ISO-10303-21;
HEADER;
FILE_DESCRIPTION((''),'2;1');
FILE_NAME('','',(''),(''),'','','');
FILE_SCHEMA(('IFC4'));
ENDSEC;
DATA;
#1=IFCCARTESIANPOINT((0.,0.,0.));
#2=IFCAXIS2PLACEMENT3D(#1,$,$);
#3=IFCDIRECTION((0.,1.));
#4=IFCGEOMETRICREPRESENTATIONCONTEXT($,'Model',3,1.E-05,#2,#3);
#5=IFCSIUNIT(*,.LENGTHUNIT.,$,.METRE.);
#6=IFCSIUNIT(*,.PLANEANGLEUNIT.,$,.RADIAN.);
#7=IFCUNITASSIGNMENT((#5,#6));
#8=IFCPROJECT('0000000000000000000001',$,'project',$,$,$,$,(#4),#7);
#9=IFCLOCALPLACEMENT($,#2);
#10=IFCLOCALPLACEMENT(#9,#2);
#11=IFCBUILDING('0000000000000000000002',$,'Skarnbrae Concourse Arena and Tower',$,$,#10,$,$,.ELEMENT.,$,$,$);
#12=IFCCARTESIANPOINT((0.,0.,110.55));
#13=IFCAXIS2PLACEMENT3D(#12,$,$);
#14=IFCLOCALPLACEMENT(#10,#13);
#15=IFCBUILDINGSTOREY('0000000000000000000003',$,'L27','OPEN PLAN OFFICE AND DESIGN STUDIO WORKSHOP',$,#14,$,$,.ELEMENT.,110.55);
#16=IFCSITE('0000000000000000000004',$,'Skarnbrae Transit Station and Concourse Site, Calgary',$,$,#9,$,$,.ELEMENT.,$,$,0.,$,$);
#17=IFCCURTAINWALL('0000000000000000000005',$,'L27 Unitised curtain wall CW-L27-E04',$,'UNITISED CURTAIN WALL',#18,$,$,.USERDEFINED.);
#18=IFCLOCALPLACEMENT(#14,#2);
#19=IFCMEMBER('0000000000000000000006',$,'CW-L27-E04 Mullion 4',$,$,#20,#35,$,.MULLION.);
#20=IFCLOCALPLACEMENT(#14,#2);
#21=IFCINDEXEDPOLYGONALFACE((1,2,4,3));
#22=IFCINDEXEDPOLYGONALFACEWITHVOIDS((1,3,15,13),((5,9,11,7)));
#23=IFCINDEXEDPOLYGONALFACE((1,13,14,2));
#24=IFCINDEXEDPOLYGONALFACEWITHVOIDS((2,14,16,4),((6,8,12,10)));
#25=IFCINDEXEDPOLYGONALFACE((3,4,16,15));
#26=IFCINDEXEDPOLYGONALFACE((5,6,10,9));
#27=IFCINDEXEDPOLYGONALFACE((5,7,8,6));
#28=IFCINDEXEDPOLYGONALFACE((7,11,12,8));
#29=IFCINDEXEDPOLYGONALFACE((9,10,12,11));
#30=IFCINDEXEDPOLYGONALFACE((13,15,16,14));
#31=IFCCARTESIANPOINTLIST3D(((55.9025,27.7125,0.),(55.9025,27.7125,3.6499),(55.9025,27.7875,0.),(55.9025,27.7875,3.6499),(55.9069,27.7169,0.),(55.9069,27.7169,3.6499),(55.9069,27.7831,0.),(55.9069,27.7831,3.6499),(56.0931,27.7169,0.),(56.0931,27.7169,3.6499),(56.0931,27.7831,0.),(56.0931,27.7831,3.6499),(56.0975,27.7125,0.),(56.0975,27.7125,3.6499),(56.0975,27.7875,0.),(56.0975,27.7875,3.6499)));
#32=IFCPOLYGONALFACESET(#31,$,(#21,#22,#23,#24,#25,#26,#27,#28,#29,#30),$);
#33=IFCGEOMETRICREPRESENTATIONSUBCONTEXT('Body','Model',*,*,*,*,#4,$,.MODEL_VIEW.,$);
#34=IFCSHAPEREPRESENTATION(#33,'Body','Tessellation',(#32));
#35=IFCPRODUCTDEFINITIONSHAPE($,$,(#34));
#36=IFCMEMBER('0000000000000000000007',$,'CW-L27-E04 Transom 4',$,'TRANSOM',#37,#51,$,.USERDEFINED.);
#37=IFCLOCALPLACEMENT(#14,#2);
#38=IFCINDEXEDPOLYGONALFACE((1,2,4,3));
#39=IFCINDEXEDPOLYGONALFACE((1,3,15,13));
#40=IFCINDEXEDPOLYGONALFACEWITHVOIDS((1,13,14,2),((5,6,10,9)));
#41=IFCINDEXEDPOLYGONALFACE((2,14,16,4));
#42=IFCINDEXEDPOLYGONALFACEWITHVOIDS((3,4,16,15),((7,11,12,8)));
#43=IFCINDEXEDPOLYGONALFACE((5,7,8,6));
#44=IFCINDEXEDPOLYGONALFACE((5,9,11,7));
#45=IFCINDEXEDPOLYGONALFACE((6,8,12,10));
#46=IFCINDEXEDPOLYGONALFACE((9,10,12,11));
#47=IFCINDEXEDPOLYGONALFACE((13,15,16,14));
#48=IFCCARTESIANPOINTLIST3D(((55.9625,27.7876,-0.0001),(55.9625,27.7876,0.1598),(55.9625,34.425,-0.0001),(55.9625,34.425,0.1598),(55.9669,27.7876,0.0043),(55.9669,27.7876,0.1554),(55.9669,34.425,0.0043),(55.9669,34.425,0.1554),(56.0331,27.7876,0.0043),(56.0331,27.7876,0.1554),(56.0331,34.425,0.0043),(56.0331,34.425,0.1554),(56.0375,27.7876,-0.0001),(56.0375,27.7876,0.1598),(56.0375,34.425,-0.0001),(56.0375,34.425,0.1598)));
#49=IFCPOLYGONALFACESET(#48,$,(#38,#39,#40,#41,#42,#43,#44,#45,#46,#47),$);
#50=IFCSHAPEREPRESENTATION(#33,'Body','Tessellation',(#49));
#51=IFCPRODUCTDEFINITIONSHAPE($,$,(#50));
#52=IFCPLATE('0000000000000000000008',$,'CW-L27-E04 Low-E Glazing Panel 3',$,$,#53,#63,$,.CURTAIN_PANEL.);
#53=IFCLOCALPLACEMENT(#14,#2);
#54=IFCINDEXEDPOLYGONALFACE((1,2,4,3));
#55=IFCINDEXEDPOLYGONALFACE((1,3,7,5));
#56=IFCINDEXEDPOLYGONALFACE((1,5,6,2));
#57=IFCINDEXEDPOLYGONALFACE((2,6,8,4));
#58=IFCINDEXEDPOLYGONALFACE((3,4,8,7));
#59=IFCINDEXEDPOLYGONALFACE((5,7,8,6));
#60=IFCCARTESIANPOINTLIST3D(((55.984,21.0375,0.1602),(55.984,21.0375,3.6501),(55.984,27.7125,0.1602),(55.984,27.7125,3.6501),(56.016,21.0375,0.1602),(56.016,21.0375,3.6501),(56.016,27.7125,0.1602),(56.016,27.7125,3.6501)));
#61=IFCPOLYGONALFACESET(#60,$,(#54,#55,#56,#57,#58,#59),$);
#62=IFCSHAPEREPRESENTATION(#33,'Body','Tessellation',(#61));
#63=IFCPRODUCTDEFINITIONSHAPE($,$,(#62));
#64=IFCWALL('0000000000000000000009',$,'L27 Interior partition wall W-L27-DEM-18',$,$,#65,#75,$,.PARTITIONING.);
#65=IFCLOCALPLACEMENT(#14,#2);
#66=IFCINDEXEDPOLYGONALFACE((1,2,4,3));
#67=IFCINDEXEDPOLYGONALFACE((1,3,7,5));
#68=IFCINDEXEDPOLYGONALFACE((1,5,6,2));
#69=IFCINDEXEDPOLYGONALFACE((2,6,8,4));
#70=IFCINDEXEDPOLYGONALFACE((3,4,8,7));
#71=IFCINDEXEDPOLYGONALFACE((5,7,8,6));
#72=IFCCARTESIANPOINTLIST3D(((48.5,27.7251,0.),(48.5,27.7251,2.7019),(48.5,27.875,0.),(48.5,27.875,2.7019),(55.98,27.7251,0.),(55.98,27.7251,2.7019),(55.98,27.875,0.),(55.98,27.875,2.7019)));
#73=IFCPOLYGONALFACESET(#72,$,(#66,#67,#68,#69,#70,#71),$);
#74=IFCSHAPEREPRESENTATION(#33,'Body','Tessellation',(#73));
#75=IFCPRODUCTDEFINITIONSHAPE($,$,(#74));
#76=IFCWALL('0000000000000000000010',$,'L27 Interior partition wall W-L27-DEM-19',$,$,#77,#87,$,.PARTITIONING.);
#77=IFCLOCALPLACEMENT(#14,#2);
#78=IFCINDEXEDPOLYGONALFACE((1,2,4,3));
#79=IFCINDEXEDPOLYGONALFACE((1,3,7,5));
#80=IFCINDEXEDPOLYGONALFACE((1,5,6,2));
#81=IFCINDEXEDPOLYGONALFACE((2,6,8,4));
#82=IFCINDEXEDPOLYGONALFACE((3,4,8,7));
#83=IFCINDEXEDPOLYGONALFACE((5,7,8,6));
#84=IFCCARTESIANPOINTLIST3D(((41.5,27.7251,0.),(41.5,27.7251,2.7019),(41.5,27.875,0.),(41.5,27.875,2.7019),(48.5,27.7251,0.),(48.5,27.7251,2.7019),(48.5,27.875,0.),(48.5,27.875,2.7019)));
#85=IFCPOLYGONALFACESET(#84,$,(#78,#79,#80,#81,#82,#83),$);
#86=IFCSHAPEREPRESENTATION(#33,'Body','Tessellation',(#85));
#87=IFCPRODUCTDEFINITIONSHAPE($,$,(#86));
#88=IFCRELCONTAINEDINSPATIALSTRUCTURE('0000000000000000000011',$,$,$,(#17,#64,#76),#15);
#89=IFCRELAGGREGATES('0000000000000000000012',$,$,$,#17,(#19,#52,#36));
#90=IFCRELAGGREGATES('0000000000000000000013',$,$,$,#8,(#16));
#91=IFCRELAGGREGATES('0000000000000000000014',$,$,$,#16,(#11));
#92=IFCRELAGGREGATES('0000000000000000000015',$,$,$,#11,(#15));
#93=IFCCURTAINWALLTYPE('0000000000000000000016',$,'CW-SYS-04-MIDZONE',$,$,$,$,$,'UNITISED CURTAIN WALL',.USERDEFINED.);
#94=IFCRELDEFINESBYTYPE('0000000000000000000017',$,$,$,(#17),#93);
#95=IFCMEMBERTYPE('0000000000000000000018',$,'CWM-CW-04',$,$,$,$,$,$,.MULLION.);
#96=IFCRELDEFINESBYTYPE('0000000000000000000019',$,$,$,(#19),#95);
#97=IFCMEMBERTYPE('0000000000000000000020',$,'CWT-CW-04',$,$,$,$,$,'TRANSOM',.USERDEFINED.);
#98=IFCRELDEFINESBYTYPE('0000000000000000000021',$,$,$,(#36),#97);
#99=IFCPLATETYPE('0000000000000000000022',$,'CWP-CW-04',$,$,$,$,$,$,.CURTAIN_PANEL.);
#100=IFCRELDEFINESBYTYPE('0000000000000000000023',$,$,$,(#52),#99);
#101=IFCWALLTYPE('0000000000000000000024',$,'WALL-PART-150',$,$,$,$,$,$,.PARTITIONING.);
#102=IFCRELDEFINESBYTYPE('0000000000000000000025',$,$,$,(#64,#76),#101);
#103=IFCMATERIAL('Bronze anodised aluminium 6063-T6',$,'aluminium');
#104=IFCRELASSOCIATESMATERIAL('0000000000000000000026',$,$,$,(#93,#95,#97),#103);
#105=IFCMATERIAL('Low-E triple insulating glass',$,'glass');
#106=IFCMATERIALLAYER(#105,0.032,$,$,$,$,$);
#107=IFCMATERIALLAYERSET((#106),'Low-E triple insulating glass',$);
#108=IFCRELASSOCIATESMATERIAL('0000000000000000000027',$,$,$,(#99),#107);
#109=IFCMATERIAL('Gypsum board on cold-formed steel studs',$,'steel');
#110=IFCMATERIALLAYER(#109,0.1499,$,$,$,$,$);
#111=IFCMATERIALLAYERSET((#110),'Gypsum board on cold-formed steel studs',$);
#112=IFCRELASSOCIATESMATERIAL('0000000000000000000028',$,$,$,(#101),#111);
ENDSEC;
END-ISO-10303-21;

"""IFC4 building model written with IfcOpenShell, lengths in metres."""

from ifc_helpers import new_model, si_unit, direction, frame, frame_2d, origin, origin_2d, place, context, subcontext, project, spatial, rectangle, hollow_rectangle, extrude, source, transform, mapped, material, layer, layer_set, material_profile, profile_set, type_object, element, aggregate, save


model = new_model("IFC4")

# Units and contexts
model_context = context("Model", 3, precision=1e-05, world=origin(), true_north=direction((0.0, 1.0)))
body_context = subcontext(model_context, "Body", "Model", "MODEL_VIEW")
ifc_project = project(units=[si_unit("LENGTHUNIT", "METRE"), si_unit("PLANEANGLEUNIT", "RADIAN")], contexts=[model_context])

# Site, building, storey
site_placement = place(None, origin())
site = spatial("IfcSite", under=ifc_project, at=site_placement, Name="Skarnbrae Transit Station and Concourse Site, Calgary", CompositionType="ELEMENT", RefElevation=0.0)
building_placement = place(site_placement, origin())
building = spatial("IfcBuilding", under=site, at=building_placement, Name="Skarnbrae Concourse Arena and Tower", CompositionType="ELEMENT")
storey_placement = place(building_placement, frame((0.0, 0.0, 110.55)))
storey = spatial("IfcBuildingStorey", under=building, at=storey_placement, Name="L27", Description="OPEN PLAN OFFICE AND DESIGN STUDIO WORKSHOP", CompositionType="ELEMENT", Elevation=110.55)

# Curtain wall, members, plate
ifc_material_1 = material(Name="Bronze anodised aluminium 6063-T6", Category="aluminium")
curtain_wall_type = type_object("IfcCurtainWallType", Name="CW-SYS-04-MIDZONE", ElementType="UNITISED CURTAIN WALL", PredefinedType="USERDEFINED", material=ifc_material_1)
curtain_wall_placement = place(storey_placement, origin())
curtain_wall = element("IfcCurtainWall", 1, at=curtain_wall_placement, inside=storey, type_object=curtain_wall_type, Name="L27 Unitised curtain wall CW-L27-E04", ObjectType="UNITISED CURTAIN WALL", PredefinedType="USERDEFINED")
ifc_material_profile_1 = material_profile(ifc_material_1, hollow_rectangle(XDim=0.075, YDim=0.1951, WallThickness=0.0044, at=origin_2d()), Name="ALU-MULL-75X195")
ifc_profile_set_1 = profile_set([ifc_material_profile_1], Name="Bronze anodised aluminium 6063-T6")
member_type_1 = type_object("IfcMemberType", Name="CWM-CW-04", PredefinedType="MULLION", material=ifc_profile_set_1)
shared_shape_1 = source(origin(), body_context, "Body", "SweptSolid", [
    extrude(hollow_rectangle(XDim=0.075, YDim=0.1951, WallThickness=0.0044, at=origin_2d()), origin(), (0.0, 0.0, 1.0), 3.6499),
])
member_1_placement = place(storey_placement, frame((56.0, 27.75, 0.0), z_axis=(0.0, 0.0, 1.0), x_axis=(0.0, 1.0, 0.0)))
member_1 = element("IfcMember", 2, at=member_1_placement, type_object=member_type_1, Name="CW-L27-E04 Mullion 4", PredefinedType="MULLION", context=body_context, shape_type="MappedRepresentation", body=[
    mapped(shared_shape_1, transform((0.0, 0.0, 0.0))),
])
ifc_material_profile_2 = material_profile(ifc_material_1, hollow_rectangle(XDim=0.075, YDim=0.1599, WallThickness=0.0044, at=origin_2d()), Name="ALU-TRAN-75X160")
ifc_profile_set_2 = profile_set([ifc_material_profile_2], Name="Bronze anodised aluminium 6063-T6")
member_type_2 = type_object("IfcMemberType", Name="CWT-CW-04", ElementType="TRANSOM", PredefinedType="USERDEFINED", material=ifc_profile_set_2)
shared_shape_2 = source(origin(), body_context, "Body", "SweptSolid", [
    extrude(hollow_rectangle(XDim=0.075, YDim=0.1599, WallThickness=0.0044, at=origin_2d()), origin(), (0.0, 0.0, 1.0), 6.6375),
])
member_2_placement = place(storey_placement, frame((56.0, 27.7876, 0.0798), z_axis=(0.0, 1.0, 0.0), x_axis=(-1.0, 0.0, 0.0)))
member_2 = element("IfcMember", 3, at=member_2_placement, type_object=member_type_2, Name="CW-L27-E04 Transom 4", ObjectType="TRANSOM", PredefinedType="USERDEFINED", context=body_context, shape_type="MappedRepresentation", body=[
    mapped(shared_shape_2, transform((0.0, 0.0, 0.0))),
])
ifc_material_2 = material(Name="Low-E triple insulating glass", Category="glass")
ifc_layer_1 = layer(ifc_material_2, 0.032)
ifc_layer_set_1 = layer_set([ifc_layer_1], Name="Low-E triple insulating glass")
plate_type = type_object("IfcPlateType", Name="CWP-CW-04", PredefinedType="CURTAIN_PANEL", material=ifc_layer_set_1)
shared_shape_3 = source(origin(), body_context, "Body", "SweptSolid", [
    extrude(rectangle(XDim=6.675, YDim=0.032, at=origin_2d()), origin(), (0.0, 0.0, 1.0), 3.49),
])
plate_placement = place(storey_placement, frame((56.0, 24.375, 0.1602), z_axis=(0.0, 0.0, 1.0), x_axis=(0.0, 1.0, 0.0)))
plate = element("IfcPlate", 4, at=plate_placement, type_object=plate_type, Name="CW-L27-E04 Low-E Glazing Panel 3", PredefinedType="CURTAIN_PANEL", context=body_context, shape_type="MappedRepresentation", body=[
    mapped(shared_shape_3, transform((0.0, 0.0, 0.0))),
])
aggregate(curtain_wall, [member_1, plate, member_2])

# Walls
ifc_material_3 = material(Name="Gypsum board on cold-formed steel studs", Category="steel")
ifc_layer_2 = layer(ifc_material_3, 0.1499)
ifc_layer_set_2 = layer_set([ifc_layer_2], Name="Gypsum board on cold-formed steel studs")
wall_type = type_object("IfcWallType", Name="WALL-PART-150", PredefinedType="PARTITIONING", material=ifc_layer_set_2)
shared_shape_4 = source(origin(), body_context, "Body", "SweptSolid", [
    extrude(rectangle(XDim=7.48, YDim=0.1499, at=frame_2d((3.74, 0.0))), origin(), (0.0, 0.0, 1.0), 2.7019),
])
wall_1_placement = place(storey_placement, frame((55.98, 27.8, 0.0), z_axis=(0.0, 0.0, 1.0), x_axis=(-1.0, 0.0, 0.0)))
element("IfcWall", 5, at=wall_1_placement, inside=storey, type_object=wall_type, Name="L27 Interior partition wall W-L27-DEM-18", PredefinedType="PARTITIONING", context=body_context, shape_type="MappedRepresentation", body=[
    mapped(shared_shape_4, transform((0.0, 0.0, 0.0))),
])
shared_shape_5 = source(origin(), body_context, "Body", "SweptSolid", [
    extrude(rectangle(XDim=7.0, YDim=0.1499, at=frame_2d((3.5, 0.0))), origin(), (0.0, 0.0, 1.0), 2.7019),
])
wall_2_placement = place(storey_placement, frame((48.5, 27.8, 0.0), z_axis=(0.0, 0.0, 1.0), x_axis=(-1.0, 0.0, 0.0)))
element("IfcWall", 6, at=wall_2_placement, inside=storey, type_object=wall_type, Name="L27 Interior partition wall W-L27-DEM-19", PredefinedType="PARTITIONING", context=body_context, shape_type="MappedRepresentation", body=[
    mapped(shared_shape_5, transform((0.0, 0.0, 0.0))),
])

save(model, "model.ifc")
